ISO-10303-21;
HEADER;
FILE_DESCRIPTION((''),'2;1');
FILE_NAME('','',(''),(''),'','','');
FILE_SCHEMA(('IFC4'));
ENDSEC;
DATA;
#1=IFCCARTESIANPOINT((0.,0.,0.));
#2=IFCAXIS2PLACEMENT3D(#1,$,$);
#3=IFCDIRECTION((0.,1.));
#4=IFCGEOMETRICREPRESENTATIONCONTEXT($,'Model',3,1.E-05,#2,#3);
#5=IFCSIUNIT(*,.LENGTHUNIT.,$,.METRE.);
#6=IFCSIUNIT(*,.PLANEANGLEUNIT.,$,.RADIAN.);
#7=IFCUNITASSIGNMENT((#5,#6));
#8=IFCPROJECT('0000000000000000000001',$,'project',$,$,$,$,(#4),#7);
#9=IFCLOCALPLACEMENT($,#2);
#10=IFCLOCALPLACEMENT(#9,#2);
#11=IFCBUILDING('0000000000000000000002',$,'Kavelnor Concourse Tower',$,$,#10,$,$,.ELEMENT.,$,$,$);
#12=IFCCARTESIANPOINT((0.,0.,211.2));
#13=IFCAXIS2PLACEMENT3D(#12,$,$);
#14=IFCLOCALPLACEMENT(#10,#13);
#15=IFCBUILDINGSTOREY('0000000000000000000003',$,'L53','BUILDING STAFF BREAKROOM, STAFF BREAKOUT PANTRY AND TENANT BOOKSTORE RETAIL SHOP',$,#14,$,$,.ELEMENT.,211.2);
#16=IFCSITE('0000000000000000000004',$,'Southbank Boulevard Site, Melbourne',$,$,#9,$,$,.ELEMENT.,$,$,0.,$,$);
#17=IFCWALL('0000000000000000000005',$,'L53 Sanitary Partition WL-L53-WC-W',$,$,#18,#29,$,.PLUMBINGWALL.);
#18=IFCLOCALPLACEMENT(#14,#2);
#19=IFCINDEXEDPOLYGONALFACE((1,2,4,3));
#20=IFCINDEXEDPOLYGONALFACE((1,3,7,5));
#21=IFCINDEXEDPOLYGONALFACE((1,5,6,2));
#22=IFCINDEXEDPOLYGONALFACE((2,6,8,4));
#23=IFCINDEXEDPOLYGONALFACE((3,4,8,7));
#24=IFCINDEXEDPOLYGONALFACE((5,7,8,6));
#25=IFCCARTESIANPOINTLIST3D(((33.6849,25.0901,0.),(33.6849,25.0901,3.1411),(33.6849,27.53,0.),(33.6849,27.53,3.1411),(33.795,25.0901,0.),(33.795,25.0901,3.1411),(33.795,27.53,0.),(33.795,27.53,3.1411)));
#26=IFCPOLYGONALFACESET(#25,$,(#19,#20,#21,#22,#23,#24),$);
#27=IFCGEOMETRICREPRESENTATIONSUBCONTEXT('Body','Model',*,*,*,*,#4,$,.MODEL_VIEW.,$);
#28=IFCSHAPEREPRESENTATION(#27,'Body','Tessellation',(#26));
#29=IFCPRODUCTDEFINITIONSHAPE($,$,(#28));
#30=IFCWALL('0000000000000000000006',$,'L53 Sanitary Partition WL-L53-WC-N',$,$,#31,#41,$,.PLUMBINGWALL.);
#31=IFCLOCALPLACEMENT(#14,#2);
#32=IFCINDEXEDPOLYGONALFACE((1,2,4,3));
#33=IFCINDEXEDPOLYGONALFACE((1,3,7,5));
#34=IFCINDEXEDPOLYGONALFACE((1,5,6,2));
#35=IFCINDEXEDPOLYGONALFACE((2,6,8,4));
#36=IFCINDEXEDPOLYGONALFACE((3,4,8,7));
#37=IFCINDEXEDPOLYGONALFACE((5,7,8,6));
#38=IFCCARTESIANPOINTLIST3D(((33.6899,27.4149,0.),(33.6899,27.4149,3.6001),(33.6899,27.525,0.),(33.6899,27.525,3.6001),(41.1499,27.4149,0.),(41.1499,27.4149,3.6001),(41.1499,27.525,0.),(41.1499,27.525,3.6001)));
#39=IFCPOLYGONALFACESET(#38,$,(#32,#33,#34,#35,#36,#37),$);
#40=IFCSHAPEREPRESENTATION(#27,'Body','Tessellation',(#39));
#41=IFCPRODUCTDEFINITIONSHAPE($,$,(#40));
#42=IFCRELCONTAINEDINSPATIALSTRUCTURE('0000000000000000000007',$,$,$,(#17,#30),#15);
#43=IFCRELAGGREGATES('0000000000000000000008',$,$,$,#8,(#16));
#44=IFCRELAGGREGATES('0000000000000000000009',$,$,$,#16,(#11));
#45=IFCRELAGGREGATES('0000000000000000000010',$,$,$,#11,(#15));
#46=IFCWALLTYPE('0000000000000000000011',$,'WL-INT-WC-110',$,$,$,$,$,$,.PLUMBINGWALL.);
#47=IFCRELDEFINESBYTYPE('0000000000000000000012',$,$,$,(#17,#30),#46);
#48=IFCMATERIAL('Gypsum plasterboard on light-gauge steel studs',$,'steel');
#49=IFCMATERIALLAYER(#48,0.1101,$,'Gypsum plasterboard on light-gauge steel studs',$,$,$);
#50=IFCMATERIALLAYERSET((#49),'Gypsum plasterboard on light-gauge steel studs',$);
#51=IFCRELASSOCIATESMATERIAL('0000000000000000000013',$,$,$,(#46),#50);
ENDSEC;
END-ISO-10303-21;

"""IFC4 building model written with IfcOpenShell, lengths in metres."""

from ifc_helpers import new_model, si_unit, direction, frame, frame_2d, origin, place, context, subcontext, project, spatial, rectangle, extrude, material, layer, layer_set, type_object, element, save


model = new_model("IFC4")

# Units and contexts
model_context = context("Model", 3, precision=1e-05, world=origin(), true_north=direction((0.0, 1.0)))
body_context = subcontext(model_context, "Body", "Model", "MODEL_VIEW")
ifc_project = project(units=[si_unit("LENGTHUNIT", "METRE"), si_unit("PLANEANGLEUNIT", "RADIAN")], contexts=[model_context])

# Site, building, storey
site_placement = place(None, origin())
site = spatial("IfcSite", under=ifc_project, at=site_placement, Name="Southbank Boulevard Site, Melbourne", CompositionType="ELEMENT", RefElevation=0.0)
building_placement = place(site_placement, origin())
building = spatial("IfcBuilding", under=site, at=building_placement, Name="Kavelnor Concourse Tower", CompositionType="ELEMENT")
storey_placement = place(building_placement, frame((0.0, 0.0, 211.2)))
storey = spatial("IfcBuildingStorey", under=building, at=storey_placement, Name="L53", Description="BUILDING STAFF BREAKROOM, STAFF BREAKOUT PANTRY AND TENANT BOOKSTORE RETAIL SHOP", CompositionType="ELEMENT", Elevation=211.2)

# Shared definitions
ifc_material_1 = material(Name="Gypsum plasterboard on light-gauge steel studs", Category="steel")

# Walls
ifc_layer_1 = layer(ifc_material_1, 0.1101, Name="Gypsum plasterboard on light-gauge steel studs")
ifc_layer_set_1 = layer_set([ifc_layer_1], Name="Gypsum plasterboard on light-gauge steel studs")
wall_type_1 = type_object("IfcWallType", Name="WL-INT-WC-110", PredefinedType="PLUMBINGWALL", material=ifc_layer_set_1)
wall_1_placement = place(storey_placement, frame((33.74, 25.0901, 0.0), z_axis=(0.0, 0.0, 1.0), x_axis=(0.0, 1.0, 0.0)))
element("IfcWall", 1, at=wall_1_placement, inside=storey, type_object=wall_type_1, Name="L53 Sanitary Partition WL-L53-WC-W", PredefinedType="PLUMBINGWALL", context=body_context, shape_type="SweptSolid", body=[
    extrude(rectangle(XDim=2.4399, YDim=0.1101, at=frame_2d((1.22, 0.0))), origin(), (0.0, 0.0, 1.0), 3.1411),
])
wall_2_placement = place(storey_placement, frame((33.6899, 27.47, 0.0), z_axis=(0.0, 0.0, 1.0), x_axis=(1.0, 0.0, 0.0)))
element("IfcWall", 2, at=wall_2_placement, inside=storey, type_object=wall_type_1, Name="L53 Sanitary Partition WL-L53-WC-N", PredefinedType="PLUMBINGWALL", context=body_context, shape_type="SweptSolid", body=[
    extrude(rectangle(XDim=7.46, YDim=0.1101, at=frame_2d((3.73, 0.0))), origin(), (0.0, 0.0, 1.0), 3.6001),
])

save(model, "model.ifc")
